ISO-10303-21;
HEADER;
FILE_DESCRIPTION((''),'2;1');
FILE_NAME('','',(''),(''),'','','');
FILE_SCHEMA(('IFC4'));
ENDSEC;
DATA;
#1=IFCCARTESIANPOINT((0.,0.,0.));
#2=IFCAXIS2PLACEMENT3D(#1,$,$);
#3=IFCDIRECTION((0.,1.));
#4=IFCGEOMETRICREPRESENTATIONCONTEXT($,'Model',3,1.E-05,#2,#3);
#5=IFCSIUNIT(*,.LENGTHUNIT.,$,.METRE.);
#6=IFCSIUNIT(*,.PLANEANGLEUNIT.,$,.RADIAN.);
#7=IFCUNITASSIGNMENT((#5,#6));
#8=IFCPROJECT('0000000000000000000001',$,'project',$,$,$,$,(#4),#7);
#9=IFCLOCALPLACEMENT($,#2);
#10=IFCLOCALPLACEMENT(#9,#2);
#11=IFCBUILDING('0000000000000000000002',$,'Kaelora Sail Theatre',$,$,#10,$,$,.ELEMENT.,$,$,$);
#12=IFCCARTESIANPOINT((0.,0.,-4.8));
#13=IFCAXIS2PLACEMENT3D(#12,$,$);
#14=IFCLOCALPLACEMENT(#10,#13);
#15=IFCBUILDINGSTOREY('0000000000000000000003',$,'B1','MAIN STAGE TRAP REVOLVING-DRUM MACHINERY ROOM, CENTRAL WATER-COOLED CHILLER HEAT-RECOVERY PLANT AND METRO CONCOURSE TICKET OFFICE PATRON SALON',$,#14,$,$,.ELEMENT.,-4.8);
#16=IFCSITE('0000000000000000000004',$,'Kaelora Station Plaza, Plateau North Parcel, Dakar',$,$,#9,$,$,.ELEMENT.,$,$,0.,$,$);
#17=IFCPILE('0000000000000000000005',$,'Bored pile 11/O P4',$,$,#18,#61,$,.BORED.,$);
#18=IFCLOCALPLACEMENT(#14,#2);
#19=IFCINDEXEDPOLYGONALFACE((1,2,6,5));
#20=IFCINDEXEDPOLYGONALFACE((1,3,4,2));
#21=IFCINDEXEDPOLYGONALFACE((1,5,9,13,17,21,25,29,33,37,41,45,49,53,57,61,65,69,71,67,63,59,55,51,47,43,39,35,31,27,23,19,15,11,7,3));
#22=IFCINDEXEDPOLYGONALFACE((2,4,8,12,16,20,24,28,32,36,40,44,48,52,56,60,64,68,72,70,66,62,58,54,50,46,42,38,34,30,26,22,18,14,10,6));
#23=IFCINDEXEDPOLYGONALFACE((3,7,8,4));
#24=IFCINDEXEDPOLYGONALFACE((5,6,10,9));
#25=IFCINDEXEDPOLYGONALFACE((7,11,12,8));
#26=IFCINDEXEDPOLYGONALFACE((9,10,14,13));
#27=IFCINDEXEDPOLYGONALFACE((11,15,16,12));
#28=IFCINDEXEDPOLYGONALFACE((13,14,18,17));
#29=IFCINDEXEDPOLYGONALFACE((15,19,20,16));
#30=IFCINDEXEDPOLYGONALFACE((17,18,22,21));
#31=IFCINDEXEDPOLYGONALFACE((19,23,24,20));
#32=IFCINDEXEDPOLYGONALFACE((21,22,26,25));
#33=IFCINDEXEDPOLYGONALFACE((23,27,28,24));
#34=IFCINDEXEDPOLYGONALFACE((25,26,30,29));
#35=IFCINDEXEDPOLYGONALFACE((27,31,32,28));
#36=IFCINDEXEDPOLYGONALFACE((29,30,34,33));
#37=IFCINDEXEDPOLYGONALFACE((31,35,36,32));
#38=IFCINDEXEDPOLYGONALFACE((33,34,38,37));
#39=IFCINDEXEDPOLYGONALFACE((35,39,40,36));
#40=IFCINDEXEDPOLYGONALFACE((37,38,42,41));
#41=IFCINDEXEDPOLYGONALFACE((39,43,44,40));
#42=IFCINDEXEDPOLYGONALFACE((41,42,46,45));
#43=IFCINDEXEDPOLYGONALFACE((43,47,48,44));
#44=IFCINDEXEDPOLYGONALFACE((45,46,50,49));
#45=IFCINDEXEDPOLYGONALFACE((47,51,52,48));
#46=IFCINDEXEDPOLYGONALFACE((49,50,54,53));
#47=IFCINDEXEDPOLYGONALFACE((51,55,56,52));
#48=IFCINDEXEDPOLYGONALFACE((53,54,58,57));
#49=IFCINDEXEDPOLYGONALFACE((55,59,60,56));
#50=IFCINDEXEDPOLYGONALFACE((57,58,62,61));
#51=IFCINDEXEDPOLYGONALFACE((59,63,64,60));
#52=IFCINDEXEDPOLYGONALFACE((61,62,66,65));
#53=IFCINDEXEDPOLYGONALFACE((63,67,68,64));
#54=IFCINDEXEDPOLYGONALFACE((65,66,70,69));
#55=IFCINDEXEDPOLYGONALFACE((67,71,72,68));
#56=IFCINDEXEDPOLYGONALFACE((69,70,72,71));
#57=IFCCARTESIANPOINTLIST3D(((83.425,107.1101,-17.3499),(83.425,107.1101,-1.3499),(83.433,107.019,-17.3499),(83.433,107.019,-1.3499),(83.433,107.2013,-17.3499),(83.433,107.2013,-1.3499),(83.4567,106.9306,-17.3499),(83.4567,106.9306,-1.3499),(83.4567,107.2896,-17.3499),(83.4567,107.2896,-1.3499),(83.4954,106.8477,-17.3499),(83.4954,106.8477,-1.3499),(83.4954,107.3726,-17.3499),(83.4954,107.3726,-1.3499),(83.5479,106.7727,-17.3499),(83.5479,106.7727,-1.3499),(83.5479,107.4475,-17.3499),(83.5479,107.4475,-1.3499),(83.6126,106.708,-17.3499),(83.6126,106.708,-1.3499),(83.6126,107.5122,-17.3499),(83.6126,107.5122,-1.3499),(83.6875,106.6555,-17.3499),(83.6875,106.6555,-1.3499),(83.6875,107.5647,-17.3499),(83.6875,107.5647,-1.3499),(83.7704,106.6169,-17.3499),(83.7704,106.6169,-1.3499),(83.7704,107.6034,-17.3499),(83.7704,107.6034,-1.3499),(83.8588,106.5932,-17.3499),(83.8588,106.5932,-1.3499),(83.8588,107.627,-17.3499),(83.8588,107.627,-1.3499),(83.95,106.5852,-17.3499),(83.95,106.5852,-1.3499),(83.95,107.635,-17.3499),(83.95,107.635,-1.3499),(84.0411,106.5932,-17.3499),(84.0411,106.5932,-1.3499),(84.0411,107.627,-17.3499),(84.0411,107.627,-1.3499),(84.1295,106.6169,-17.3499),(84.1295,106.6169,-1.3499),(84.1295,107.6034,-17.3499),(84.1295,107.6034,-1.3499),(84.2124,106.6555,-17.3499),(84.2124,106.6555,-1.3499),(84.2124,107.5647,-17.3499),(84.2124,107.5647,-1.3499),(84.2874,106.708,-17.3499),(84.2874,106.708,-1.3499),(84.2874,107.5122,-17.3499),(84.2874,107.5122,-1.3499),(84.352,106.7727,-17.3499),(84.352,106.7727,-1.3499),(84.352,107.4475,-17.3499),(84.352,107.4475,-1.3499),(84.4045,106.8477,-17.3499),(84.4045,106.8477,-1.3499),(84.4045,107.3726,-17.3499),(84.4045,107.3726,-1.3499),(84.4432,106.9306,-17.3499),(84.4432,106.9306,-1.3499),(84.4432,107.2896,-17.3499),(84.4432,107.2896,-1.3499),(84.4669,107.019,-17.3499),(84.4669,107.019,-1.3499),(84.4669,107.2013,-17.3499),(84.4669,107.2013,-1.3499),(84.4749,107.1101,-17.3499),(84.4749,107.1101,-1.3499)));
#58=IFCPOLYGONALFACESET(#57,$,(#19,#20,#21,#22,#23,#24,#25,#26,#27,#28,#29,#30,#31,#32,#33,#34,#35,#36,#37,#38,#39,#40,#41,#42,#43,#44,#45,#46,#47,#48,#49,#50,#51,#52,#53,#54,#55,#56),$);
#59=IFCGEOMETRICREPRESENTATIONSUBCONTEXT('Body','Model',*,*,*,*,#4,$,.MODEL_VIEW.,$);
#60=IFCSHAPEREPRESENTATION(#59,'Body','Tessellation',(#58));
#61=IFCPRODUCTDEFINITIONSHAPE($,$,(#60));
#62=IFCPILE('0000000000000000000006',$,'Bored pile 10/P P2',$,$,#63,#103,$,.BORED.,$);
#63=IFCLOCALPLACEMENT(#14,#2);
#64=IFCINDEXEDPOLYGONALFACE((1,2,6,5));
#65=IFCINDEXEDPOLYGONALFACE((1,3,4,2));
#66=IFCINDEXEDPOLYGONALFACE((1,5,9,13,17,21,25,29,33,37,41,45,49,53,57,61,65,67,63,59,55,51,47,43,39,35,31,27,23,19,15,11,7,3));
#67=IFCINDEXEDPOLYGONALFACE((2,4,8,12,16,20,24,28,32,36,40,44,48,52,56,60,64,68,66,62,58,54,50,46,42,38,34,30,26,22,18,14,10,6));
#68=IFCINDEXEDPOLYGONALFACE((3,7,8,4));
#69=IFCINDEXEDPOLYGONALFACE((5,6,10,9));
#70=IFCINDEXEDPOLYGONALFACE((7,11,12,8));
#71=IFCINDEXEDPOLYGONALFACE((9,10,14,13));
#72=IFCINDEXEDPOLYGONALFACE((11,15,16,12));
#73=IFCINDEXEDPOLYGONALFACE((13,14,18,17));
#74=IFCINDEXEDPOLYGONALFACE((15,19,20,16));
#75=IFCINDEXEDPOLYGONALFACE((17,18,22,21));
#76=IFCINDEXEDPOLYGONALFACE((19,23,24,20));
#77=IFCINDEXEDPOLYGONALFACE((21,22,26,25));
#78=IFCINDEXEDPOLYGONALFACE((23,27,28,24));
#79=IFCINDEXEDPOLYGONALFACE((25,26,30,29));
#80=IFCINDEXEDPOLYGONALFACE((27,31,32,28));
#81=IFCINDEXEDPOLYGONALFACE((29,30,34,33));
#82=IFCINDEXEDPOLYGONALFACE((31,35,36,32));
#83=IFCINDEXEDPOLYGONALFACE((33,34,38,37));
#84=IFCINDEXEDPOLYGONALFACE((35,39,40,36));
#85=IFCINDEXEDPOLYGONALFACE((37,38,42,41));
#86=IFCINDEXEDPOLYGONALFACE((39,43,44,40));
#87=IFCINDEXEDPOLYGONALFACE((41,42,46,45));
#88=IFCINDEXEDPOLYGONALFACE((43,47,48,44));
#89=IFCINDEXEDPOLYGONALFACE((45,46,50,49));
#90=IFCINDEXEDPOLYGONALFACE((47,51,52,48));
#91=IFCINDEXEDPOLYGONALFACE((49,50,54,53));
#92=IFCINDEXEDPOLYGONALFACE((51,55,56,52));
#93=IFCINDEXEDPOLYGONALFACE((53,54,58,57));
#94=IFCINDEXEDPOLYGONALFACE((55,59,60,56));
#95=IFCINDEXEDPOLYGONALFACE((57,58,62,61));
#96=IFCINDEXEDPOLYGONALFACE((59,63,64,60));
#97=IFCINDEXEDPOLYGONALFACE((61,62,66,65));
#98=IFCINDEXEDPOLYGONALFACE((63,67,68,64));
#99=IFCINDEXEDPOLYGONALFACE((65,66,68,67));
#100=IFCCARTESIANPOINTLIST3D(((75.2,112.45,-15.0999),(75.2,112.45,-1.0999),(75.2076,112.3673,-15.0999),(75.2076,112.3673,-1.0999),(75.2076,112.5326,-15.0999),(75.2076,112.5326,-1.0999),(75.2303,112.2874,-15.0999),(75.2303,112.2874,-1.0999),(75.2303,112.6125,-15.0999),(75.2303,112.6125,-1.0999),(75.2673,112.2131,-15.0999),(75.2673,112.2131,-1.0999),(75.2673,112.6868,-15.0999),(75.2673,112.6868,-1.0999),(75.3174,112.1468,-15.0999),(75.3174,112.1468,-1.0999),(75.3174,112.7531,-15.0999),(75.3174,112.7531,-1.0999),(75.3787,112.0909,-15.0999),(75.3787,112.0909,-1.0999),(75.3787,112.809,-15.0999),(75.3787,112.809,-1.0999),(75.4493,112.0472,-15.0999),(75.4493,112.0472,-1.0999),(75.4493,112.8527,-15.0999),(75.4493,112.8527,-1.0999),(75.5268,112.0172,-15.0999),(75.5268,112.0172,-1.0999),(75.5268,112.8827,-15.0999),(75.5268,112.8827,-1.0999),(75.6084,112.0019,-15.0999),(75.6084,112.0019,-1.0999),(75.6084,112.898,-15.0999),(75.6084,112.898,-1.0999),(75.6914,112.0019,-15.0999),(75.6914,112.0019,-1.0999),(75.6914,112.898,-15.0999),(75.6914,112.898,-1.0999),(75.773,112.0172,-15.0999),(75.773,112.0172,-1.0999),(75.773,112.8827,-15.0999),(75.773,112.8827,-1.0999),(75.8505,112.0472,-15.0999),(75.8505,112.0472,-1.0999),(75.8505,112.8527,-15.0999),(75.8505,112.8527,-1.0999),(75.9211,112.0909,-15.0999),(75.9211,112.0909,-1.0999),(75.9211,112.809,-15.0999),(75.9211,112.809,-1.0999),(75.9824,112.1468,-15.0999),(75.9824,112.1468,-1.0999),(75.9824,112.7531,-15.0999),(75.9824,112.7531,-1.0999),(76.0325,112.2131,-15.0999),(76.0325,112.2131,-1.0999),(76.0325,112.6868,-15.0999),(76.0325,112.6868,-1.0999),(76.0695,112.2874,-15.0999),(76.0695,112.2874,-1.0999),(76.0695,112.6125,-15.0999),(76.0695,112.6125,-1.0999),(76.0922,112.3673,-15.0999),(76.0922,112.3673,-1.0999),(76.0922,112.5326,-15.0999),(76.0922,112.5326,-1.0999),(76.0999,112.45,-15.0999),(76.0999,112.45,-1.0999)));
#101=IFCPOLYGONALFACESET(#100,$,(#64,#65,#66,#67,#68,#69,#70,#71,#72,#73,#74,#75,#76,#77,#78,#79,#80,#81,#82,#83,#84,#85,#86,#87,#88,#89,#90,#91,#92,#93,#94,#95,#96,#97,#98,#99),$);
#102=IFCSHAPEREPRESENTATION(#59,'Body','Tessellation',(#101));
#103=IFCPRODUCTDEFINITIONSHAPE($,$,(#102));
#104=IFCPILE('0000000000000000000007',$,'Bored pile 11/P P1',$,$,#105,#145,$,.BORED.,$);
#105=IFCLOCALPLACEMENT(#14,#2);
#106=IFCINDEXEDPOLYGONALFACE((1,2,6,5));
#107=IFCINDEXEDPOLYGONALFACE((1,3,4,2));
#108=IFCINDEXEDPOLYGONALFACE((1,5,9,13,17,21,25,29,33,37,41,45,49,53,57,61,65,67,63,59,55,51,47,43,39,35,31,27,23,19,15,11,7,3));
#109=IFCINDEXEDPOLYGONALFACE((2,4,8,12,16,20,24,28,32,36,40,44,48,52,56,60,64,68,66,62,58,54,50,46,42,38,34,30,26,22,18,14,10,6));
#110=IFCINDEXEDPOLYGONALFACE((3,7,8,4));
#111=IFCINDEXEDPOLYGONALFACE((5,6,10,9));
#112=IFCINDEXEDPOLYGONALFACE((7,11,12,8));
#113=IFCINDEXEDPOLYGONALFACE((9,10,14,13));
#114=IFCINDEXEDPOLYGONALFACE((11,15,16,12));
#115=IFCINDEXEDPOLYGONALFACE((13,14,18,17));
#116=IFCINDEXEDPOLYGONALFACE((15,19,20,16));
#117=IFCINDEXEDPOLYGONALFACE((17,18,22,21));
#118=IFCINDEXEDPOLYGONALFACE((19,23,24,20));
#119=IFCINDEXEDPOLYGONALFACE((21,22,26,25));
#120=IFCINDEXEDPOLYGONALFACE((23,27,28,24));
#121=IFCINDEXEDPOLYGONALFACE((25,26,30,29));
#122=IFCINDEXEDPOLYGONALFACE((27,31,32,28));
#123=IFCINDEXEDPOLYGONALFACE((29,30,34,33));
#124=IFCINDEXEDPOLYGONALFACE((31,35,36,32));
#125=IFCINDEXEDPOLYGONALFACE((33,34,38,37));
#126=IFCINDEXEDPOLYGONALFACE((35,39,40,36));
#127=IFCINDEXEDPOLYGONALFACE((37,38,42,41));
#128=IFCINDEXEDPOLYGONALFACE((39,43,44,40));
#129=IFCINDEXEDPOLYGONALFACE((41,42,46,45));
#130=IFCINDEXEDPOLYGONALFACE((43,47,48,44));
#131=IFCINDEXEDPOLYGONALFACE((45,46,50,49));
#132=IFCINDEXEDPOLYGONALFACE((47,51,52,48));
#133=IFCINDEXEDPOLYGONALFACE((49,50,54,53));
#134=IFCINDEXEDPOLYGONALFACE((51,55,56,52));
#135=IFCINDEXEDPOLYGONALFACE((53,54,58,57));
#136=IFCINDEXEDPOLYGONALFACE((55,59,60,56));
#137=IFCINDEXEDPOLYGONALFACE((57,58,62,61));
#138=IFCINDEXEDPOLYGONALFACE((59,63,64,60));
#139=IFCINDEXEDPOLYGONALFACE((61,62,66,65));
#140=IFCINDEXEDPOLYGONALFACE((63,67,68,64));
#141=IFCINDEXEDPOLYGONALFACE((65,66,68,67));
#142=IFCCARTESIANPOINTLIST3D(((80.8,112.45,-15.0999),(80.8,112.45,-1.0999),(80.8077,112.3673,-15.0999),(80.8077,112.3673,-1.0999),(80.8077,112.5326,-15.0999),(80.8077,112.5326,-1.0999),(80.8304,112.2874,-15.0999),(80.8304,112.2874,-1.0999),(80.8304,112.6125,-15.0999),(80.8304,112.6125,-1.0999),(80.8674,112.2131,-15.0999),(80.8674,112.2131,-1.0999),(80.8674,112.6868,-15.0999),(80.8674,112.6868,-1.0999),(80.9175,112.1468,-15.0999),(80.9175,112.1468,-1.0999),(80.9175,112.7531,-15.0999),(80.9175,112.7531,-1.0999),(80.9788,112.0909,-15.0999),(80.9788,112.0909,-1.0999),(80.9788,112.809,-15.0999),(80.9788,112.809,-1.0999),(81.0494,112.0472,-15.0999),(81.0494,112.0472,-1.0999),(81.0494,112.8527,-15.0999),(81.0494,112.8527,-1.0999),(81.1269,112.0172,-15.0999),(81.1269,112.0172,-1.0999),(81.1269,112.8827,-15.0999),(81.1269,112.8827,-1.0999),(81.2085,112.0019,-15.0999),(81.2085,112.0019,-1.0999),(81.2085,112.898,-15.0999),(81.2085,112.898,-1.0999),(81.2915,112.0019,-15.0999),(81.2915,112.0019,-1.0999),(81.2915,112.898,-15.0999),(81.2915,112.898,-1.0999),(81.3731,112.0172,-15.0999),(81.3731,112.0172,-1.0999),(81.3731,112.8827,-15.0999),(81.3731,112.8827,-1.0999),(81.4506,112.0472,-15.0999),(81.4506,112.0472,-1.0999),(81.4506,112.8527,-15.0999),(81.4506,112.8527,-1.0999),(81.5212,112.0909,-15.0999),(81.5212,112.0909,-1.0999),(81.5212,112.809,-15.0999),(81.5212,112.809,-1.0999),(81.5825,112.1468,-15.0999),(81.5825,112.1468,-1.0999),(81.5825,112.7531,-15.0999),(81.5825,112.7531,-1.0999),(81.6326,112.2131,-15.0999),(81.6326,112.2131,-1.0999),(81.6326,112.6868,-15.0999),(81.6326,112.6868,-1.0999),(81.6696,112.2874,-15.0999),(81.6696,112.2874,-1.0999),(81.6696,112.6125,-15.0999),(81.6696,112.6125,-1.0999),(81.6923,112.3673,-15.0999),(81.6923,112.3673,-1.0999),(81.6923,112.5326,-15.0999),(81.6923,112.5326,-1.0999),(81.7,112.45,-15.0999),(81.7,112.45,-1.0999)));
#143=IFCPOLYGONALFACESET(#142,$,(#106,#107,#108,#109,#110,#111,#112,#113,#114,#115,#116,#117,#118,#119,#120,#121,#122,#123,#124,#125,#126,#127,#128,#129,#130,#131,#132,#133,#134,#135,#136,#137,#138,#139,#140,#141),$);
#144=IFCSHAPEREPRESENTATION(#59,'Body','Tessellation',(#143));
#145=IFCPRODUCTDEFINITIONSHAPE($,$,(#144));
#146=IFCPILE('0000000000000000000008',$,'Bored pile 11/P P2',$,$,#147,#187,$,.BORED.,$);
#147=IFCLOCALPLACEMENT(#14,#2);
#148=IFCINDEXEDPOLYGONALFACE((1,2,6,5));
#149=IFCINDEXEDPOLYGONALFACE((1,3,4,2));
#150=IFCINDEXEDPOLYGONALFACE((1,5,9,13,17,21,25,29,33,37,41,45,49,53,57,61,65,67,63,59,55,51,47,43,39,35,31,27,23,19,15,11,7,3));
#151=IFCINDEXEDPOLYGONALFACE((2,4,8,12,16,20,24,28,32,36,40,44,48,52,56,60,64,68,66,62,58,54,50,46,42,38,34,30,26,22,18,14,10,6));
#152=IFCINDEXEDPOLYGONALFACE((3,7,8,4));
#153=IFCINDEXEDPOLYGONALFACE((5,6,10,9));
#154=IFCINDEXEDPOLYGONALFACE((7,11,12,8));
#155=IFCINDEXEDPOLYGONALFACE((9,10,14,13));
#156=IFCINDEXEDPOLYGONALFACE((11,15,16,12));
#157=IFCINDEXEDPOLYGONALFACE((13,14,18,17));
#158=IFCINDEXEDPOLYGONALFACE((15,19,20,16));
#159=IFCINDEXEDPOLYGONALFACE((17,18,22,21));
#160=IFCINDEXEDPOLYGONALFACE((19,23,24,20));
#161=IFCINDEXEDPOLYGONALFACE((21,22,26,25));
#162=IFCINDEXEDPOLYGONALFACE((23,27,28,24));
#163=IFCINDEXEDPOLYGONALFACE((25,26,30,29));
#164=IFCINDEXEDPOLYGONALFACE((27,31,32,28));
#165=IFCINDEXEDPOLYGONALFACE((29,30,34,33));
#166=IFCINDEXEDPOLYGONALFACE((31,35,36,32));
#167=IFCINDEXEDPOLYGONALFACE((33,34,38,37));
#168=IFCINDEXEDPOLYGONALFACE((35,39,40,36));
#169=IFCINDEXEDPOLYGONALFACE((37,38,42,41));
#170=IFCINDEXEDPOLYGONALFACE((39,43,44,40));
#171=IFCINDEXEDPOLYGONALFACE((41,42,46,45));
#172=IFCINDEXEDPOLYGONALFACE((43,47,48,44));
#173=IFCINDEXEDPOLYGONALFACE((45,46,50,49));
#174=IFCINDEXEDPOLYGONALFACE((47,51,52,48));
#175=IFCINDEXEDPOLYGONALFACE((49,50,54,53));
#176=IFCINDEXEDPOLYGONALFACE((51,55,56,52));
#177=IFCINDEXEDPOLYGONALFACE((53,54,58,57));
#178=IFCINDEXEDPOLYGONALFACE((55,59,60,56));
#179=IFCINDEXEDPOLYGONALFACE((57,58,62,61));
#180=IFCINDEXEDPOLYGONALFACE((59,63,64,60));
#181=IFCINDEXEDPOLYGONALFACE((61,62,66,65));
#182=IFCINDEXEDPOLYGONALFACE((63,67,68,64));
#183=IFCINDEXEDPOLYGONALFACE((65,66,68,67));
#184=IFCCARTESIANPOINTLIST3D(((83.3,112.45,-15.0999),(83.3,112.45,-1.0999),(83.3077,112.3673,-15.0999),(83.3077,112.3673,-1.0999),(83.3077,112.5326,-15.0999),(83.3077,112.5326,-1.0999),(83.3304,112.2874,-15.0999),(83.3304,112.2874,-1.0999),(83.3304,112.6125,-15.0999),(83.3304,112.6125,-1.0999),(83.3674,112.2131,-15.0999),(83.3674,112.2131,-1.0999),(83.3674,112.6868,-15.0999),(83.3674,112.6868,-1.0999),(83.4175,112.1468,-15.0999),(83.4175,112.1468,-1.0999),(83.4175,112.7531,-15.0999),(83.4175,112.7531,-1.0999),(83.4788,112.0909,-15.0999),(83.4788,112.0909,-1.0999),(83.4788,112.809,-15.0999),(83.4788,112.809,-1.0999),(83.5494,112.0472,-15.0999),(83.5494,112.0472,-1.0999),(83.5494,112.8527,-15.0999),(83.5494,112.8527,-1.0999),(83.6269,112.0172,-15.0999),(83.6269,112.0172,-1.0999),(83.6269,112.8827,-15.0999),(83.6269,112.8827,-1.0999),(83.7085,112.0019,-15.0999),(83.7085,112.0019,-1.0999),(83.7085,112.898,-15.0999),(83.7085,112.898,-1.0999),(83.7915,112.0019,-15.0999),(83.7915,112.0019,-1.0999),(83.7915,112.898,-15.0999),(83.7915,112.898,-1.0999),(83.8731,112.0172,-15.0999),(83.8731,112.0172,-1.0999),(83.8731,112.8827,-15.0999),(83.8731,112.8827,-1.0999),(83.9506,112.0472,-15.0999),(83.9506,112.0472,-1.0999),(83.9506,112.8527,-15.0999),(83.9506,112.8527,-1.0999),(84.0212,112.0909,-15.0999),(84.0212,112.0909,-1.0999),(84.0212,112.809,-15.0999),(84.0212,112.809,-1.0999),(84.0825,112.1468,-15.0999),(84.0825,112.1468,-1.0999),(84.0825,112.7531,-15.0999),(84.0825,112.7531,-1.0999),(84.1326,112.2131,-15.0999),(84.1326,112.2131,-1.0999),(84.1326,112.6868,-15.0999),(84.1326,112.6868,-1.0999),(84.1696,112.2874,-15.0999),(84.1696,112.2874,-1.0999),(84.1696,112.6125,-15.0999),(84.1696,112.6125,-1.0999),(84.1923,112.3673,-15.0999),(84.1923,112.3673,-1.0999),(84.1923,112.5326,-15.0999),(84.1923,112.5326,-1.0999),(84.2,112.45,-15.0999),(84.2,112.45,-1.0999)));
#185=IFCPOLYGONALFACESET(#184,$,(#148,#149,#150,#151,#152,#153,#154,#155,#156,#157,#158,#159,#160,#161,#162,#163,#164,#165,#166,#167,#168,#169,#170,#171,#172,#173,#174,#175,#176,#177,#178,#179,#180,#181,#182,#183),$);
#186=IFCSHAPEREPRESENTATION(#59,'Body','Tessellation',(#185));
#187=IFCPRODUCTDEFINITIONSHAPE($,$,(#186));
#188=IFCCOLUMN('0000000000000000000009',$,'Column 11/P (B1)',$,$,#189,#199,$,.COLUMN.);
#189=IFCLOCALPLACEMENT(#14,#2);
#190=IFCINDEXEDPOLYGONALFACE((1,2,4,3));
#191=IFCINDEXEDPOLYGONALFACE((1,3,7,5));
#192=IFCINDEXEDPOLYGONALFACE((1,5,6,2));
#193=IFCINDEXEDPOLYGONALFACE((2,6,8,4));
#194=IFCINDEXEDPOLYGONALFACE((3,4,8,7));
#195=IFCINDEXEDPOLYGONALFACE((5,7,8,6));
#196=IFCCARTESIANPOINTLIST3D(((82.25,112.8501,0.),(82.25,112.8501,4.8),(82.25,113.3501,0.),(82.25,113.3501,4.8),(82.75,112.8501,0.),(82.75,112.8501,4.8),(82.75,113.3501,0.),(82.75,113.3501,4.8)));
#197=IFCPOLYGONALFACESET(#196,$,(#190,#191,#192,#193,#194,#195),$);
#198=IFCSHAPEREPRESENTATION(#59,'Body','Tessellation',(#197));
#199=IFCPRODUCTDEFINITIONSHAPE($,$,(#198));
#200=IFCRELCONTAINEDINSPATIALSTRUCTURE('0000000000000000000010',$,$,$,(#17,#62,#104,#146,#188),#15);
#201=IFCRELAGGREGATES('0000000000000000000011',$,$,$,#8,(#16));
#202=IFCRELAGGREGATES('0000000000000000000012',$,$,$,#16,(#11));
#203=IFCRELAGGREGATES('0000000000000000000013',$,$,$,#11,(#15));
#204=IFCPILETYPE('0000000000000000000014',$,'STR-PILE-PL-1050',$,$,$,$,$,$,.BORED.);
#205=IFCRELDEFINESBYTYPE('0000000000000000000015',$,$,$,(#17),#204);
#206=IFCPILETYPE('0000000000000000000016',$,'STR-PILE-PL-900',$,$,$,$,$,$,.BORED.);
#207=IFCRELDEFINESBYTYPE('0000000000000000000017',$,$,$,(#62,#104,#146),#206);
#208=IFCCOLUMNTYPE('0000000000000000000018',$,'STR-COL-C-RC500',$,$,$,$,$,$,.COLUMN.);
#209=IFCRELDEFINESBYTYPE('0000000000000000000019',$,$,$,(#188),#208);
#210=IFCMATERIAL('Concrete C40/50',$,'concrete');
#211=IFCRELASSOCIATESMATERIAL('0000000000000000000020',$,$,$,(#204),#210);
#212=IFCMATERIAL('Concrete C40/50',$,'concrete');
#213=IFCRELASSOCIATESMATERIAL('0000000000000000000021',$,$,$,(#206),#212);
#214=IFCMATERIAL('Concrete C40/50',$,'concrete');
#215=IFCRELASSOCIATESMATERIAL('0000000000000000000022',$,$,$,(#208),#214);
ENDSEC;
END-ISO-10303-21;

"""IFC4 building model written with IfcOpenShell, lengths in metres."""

from ifc_helpers import new_model, si_unit, direction, frame, origin, origin_2d, place, context, subcontext, project, spatial, rectangle, circle, extrude, material, material_profile, profile_set, type_object, element, save


model = new_model("IFC4")

# Units and contexts
model_context = context("Model", 3, precision=1e-05, world=origin(), true_north=direction((0.0, 1.0)))
body_context = subcontext(model_context, "Body", "Model", "MODEL_VIEW")
ifc_project = project(units=[si_unit("LENGTHUNIT", "METRE"), si_unit("PLANEANGLEUNIT", "RADIAN")], contexts=[model_context])

# Site, building, storey
site_placement = place(None, origin())
site = spatial("IfcSite", under=ifc_project, at=site_placement, Name="Kaelora Station Plaza, Plateau North Parcel, Dakar", CompositionType="ELEMENT", RefElevation=0.0)
building_placement = place(site_placement, origin())
building = spatial("IfcBuilding", under=site, at=building_placement, Name="Kaelora Sail Theatre", CompositionType="ELEMENT")
storey_placement = place(building_placement, frame((0.0, 0.0, -4.8)))
storey = spatial("IfcBuildingStorey", under=building, at=storey_placement, Name="B1", Description="MAIN STAGE TRAP REVOLVING-DRUM MACHINERY ROOM, CENTRAL WATER-COOLED CHILLER HEAT-RECOVERY PLANT AND METRO CONCOURSE TICKET OFFICE PATRON SALON", CompositionType="ELEMENT", Elevation=-4.8)

# Piles
ifc_material_1 = material(Name="Concrete C40/50", Category="concrete")
ifc_material_profile_1 = material_profile(ifc_material_1, circle(Radius=0.5249, at=origin_2d()), Name="PILE D1050")
ifc_profile_set_1 = profile_set([ifc_material_profile_1], Name="Concrete C40/50")
pile_type_1 = type_object("IfcPileType", Name="STR-PILE-PL-1050", PredefinedType="BORED", material=ifc_profile_set_1)
for number, where, z_axis, x_axis, name in (
    (1, (83.95, 107.1101, -1.3499), (0.0, 0.0, -1.0), (1.0, 0.0, 0.0), "Bored pile 11/O P4"),
):
    element("IfcPile", number, at=place(storey_placement, frame(where, z_axis=z_axis, x_axis=x_axis)), inside=storey, type_object=pile_type_1, Name=name, PredefinedType="BORED", context=body_context, shape_type="SweptSolid", body=[
        extrude(circle(Radius=0.5249, at=origin_2d()), origin(), (0.0, 0.0, 1.0), 16.0),
    ])
ifc_material_2 = material(Name="Concrete C40/50", Category="concrete")
ifc_material_profile_2 = material_profile(ifc_material_2, circle(Radius=0.45, at=origin_2d()), Name="PILE D900")
ifc_profile_set_2 = profile_set([ifc_material_profile_2], Name="Concrete C40/50")
pile_type_2 = type_object("IfcPileType", Name="STR-PILE-PL-900", PredefinedType="BORED", material=ifc_profile_set_2)
for number, where, z_axis, x_axis, name in (
    (2, (75.6499, 112.45, -1.0999), (0.0, 0.0, -1.0), (1.0, 0.0, 0.0), "Bored pile 10/P P2"),
    (3, (81.25, 112.45, -1.0999), (0.0, 0.0, -1.0), (1.0, 0.0, 0.0), "Bored pile 11/P P1"),
    (4, (83.75, 112.45, -1.0999), (0.0, 0.0, -1.0), (1.0, 0.0, 0.0), "Bored pile 11/P P2"),
):
    element("IfcPile", number, at=place(storey_placement, frame(where, z_axis=z_axis, x_axis=x_axis)), inside=storey, type_object=pile_type_2, Name=name, PredefinedType="BORED", context=body_context, shape_type="SweptSolid", body=[
        extrude(circle(Radius=0.45, at=origin_2d()), origin(), (0.0, 0.0, 1.0), 14.0),
    ])

# Column
ifc_material_3 = material(Name="Concrete C40/50", Category="concrete")
ifc_material_profile_3 = material_profile(ifc_material_3, rectangle(XDim=0.5, YDim=0.5, at=origin_2d()), Name="RC-COL 500x500")
ifc_profile_set_3 = profile_set([ifc_material_profile_3], Name="Concrete C40/50")
column_type_1 = type_object("IfcColumnType", Name="STR-COL-C-RC500", PredefinedType="COLUMN", material=ifc_profile_set_3)
column_placement = place(storey_placement, frame((82.5, 113.1001, 0.0), z_axis=(0.0, 0.0, 1.0), x_axis=(1.0, 0.0, 0.0)))
element("IfcColumn", 5, at=column_placement, inside=storey, type_object=column_type_1, Name="Column 11/P (B1)", PredefinedType="COLUMN", context=body_context, shape_type="SweptSolid", body=[
    extrude(rectangle(XDim=0.5, YDim=0.5, at=origin_2d()), origin(), (0.0, 0.0, 1.0), 4.8),
])

save(model, "model.ifc")
